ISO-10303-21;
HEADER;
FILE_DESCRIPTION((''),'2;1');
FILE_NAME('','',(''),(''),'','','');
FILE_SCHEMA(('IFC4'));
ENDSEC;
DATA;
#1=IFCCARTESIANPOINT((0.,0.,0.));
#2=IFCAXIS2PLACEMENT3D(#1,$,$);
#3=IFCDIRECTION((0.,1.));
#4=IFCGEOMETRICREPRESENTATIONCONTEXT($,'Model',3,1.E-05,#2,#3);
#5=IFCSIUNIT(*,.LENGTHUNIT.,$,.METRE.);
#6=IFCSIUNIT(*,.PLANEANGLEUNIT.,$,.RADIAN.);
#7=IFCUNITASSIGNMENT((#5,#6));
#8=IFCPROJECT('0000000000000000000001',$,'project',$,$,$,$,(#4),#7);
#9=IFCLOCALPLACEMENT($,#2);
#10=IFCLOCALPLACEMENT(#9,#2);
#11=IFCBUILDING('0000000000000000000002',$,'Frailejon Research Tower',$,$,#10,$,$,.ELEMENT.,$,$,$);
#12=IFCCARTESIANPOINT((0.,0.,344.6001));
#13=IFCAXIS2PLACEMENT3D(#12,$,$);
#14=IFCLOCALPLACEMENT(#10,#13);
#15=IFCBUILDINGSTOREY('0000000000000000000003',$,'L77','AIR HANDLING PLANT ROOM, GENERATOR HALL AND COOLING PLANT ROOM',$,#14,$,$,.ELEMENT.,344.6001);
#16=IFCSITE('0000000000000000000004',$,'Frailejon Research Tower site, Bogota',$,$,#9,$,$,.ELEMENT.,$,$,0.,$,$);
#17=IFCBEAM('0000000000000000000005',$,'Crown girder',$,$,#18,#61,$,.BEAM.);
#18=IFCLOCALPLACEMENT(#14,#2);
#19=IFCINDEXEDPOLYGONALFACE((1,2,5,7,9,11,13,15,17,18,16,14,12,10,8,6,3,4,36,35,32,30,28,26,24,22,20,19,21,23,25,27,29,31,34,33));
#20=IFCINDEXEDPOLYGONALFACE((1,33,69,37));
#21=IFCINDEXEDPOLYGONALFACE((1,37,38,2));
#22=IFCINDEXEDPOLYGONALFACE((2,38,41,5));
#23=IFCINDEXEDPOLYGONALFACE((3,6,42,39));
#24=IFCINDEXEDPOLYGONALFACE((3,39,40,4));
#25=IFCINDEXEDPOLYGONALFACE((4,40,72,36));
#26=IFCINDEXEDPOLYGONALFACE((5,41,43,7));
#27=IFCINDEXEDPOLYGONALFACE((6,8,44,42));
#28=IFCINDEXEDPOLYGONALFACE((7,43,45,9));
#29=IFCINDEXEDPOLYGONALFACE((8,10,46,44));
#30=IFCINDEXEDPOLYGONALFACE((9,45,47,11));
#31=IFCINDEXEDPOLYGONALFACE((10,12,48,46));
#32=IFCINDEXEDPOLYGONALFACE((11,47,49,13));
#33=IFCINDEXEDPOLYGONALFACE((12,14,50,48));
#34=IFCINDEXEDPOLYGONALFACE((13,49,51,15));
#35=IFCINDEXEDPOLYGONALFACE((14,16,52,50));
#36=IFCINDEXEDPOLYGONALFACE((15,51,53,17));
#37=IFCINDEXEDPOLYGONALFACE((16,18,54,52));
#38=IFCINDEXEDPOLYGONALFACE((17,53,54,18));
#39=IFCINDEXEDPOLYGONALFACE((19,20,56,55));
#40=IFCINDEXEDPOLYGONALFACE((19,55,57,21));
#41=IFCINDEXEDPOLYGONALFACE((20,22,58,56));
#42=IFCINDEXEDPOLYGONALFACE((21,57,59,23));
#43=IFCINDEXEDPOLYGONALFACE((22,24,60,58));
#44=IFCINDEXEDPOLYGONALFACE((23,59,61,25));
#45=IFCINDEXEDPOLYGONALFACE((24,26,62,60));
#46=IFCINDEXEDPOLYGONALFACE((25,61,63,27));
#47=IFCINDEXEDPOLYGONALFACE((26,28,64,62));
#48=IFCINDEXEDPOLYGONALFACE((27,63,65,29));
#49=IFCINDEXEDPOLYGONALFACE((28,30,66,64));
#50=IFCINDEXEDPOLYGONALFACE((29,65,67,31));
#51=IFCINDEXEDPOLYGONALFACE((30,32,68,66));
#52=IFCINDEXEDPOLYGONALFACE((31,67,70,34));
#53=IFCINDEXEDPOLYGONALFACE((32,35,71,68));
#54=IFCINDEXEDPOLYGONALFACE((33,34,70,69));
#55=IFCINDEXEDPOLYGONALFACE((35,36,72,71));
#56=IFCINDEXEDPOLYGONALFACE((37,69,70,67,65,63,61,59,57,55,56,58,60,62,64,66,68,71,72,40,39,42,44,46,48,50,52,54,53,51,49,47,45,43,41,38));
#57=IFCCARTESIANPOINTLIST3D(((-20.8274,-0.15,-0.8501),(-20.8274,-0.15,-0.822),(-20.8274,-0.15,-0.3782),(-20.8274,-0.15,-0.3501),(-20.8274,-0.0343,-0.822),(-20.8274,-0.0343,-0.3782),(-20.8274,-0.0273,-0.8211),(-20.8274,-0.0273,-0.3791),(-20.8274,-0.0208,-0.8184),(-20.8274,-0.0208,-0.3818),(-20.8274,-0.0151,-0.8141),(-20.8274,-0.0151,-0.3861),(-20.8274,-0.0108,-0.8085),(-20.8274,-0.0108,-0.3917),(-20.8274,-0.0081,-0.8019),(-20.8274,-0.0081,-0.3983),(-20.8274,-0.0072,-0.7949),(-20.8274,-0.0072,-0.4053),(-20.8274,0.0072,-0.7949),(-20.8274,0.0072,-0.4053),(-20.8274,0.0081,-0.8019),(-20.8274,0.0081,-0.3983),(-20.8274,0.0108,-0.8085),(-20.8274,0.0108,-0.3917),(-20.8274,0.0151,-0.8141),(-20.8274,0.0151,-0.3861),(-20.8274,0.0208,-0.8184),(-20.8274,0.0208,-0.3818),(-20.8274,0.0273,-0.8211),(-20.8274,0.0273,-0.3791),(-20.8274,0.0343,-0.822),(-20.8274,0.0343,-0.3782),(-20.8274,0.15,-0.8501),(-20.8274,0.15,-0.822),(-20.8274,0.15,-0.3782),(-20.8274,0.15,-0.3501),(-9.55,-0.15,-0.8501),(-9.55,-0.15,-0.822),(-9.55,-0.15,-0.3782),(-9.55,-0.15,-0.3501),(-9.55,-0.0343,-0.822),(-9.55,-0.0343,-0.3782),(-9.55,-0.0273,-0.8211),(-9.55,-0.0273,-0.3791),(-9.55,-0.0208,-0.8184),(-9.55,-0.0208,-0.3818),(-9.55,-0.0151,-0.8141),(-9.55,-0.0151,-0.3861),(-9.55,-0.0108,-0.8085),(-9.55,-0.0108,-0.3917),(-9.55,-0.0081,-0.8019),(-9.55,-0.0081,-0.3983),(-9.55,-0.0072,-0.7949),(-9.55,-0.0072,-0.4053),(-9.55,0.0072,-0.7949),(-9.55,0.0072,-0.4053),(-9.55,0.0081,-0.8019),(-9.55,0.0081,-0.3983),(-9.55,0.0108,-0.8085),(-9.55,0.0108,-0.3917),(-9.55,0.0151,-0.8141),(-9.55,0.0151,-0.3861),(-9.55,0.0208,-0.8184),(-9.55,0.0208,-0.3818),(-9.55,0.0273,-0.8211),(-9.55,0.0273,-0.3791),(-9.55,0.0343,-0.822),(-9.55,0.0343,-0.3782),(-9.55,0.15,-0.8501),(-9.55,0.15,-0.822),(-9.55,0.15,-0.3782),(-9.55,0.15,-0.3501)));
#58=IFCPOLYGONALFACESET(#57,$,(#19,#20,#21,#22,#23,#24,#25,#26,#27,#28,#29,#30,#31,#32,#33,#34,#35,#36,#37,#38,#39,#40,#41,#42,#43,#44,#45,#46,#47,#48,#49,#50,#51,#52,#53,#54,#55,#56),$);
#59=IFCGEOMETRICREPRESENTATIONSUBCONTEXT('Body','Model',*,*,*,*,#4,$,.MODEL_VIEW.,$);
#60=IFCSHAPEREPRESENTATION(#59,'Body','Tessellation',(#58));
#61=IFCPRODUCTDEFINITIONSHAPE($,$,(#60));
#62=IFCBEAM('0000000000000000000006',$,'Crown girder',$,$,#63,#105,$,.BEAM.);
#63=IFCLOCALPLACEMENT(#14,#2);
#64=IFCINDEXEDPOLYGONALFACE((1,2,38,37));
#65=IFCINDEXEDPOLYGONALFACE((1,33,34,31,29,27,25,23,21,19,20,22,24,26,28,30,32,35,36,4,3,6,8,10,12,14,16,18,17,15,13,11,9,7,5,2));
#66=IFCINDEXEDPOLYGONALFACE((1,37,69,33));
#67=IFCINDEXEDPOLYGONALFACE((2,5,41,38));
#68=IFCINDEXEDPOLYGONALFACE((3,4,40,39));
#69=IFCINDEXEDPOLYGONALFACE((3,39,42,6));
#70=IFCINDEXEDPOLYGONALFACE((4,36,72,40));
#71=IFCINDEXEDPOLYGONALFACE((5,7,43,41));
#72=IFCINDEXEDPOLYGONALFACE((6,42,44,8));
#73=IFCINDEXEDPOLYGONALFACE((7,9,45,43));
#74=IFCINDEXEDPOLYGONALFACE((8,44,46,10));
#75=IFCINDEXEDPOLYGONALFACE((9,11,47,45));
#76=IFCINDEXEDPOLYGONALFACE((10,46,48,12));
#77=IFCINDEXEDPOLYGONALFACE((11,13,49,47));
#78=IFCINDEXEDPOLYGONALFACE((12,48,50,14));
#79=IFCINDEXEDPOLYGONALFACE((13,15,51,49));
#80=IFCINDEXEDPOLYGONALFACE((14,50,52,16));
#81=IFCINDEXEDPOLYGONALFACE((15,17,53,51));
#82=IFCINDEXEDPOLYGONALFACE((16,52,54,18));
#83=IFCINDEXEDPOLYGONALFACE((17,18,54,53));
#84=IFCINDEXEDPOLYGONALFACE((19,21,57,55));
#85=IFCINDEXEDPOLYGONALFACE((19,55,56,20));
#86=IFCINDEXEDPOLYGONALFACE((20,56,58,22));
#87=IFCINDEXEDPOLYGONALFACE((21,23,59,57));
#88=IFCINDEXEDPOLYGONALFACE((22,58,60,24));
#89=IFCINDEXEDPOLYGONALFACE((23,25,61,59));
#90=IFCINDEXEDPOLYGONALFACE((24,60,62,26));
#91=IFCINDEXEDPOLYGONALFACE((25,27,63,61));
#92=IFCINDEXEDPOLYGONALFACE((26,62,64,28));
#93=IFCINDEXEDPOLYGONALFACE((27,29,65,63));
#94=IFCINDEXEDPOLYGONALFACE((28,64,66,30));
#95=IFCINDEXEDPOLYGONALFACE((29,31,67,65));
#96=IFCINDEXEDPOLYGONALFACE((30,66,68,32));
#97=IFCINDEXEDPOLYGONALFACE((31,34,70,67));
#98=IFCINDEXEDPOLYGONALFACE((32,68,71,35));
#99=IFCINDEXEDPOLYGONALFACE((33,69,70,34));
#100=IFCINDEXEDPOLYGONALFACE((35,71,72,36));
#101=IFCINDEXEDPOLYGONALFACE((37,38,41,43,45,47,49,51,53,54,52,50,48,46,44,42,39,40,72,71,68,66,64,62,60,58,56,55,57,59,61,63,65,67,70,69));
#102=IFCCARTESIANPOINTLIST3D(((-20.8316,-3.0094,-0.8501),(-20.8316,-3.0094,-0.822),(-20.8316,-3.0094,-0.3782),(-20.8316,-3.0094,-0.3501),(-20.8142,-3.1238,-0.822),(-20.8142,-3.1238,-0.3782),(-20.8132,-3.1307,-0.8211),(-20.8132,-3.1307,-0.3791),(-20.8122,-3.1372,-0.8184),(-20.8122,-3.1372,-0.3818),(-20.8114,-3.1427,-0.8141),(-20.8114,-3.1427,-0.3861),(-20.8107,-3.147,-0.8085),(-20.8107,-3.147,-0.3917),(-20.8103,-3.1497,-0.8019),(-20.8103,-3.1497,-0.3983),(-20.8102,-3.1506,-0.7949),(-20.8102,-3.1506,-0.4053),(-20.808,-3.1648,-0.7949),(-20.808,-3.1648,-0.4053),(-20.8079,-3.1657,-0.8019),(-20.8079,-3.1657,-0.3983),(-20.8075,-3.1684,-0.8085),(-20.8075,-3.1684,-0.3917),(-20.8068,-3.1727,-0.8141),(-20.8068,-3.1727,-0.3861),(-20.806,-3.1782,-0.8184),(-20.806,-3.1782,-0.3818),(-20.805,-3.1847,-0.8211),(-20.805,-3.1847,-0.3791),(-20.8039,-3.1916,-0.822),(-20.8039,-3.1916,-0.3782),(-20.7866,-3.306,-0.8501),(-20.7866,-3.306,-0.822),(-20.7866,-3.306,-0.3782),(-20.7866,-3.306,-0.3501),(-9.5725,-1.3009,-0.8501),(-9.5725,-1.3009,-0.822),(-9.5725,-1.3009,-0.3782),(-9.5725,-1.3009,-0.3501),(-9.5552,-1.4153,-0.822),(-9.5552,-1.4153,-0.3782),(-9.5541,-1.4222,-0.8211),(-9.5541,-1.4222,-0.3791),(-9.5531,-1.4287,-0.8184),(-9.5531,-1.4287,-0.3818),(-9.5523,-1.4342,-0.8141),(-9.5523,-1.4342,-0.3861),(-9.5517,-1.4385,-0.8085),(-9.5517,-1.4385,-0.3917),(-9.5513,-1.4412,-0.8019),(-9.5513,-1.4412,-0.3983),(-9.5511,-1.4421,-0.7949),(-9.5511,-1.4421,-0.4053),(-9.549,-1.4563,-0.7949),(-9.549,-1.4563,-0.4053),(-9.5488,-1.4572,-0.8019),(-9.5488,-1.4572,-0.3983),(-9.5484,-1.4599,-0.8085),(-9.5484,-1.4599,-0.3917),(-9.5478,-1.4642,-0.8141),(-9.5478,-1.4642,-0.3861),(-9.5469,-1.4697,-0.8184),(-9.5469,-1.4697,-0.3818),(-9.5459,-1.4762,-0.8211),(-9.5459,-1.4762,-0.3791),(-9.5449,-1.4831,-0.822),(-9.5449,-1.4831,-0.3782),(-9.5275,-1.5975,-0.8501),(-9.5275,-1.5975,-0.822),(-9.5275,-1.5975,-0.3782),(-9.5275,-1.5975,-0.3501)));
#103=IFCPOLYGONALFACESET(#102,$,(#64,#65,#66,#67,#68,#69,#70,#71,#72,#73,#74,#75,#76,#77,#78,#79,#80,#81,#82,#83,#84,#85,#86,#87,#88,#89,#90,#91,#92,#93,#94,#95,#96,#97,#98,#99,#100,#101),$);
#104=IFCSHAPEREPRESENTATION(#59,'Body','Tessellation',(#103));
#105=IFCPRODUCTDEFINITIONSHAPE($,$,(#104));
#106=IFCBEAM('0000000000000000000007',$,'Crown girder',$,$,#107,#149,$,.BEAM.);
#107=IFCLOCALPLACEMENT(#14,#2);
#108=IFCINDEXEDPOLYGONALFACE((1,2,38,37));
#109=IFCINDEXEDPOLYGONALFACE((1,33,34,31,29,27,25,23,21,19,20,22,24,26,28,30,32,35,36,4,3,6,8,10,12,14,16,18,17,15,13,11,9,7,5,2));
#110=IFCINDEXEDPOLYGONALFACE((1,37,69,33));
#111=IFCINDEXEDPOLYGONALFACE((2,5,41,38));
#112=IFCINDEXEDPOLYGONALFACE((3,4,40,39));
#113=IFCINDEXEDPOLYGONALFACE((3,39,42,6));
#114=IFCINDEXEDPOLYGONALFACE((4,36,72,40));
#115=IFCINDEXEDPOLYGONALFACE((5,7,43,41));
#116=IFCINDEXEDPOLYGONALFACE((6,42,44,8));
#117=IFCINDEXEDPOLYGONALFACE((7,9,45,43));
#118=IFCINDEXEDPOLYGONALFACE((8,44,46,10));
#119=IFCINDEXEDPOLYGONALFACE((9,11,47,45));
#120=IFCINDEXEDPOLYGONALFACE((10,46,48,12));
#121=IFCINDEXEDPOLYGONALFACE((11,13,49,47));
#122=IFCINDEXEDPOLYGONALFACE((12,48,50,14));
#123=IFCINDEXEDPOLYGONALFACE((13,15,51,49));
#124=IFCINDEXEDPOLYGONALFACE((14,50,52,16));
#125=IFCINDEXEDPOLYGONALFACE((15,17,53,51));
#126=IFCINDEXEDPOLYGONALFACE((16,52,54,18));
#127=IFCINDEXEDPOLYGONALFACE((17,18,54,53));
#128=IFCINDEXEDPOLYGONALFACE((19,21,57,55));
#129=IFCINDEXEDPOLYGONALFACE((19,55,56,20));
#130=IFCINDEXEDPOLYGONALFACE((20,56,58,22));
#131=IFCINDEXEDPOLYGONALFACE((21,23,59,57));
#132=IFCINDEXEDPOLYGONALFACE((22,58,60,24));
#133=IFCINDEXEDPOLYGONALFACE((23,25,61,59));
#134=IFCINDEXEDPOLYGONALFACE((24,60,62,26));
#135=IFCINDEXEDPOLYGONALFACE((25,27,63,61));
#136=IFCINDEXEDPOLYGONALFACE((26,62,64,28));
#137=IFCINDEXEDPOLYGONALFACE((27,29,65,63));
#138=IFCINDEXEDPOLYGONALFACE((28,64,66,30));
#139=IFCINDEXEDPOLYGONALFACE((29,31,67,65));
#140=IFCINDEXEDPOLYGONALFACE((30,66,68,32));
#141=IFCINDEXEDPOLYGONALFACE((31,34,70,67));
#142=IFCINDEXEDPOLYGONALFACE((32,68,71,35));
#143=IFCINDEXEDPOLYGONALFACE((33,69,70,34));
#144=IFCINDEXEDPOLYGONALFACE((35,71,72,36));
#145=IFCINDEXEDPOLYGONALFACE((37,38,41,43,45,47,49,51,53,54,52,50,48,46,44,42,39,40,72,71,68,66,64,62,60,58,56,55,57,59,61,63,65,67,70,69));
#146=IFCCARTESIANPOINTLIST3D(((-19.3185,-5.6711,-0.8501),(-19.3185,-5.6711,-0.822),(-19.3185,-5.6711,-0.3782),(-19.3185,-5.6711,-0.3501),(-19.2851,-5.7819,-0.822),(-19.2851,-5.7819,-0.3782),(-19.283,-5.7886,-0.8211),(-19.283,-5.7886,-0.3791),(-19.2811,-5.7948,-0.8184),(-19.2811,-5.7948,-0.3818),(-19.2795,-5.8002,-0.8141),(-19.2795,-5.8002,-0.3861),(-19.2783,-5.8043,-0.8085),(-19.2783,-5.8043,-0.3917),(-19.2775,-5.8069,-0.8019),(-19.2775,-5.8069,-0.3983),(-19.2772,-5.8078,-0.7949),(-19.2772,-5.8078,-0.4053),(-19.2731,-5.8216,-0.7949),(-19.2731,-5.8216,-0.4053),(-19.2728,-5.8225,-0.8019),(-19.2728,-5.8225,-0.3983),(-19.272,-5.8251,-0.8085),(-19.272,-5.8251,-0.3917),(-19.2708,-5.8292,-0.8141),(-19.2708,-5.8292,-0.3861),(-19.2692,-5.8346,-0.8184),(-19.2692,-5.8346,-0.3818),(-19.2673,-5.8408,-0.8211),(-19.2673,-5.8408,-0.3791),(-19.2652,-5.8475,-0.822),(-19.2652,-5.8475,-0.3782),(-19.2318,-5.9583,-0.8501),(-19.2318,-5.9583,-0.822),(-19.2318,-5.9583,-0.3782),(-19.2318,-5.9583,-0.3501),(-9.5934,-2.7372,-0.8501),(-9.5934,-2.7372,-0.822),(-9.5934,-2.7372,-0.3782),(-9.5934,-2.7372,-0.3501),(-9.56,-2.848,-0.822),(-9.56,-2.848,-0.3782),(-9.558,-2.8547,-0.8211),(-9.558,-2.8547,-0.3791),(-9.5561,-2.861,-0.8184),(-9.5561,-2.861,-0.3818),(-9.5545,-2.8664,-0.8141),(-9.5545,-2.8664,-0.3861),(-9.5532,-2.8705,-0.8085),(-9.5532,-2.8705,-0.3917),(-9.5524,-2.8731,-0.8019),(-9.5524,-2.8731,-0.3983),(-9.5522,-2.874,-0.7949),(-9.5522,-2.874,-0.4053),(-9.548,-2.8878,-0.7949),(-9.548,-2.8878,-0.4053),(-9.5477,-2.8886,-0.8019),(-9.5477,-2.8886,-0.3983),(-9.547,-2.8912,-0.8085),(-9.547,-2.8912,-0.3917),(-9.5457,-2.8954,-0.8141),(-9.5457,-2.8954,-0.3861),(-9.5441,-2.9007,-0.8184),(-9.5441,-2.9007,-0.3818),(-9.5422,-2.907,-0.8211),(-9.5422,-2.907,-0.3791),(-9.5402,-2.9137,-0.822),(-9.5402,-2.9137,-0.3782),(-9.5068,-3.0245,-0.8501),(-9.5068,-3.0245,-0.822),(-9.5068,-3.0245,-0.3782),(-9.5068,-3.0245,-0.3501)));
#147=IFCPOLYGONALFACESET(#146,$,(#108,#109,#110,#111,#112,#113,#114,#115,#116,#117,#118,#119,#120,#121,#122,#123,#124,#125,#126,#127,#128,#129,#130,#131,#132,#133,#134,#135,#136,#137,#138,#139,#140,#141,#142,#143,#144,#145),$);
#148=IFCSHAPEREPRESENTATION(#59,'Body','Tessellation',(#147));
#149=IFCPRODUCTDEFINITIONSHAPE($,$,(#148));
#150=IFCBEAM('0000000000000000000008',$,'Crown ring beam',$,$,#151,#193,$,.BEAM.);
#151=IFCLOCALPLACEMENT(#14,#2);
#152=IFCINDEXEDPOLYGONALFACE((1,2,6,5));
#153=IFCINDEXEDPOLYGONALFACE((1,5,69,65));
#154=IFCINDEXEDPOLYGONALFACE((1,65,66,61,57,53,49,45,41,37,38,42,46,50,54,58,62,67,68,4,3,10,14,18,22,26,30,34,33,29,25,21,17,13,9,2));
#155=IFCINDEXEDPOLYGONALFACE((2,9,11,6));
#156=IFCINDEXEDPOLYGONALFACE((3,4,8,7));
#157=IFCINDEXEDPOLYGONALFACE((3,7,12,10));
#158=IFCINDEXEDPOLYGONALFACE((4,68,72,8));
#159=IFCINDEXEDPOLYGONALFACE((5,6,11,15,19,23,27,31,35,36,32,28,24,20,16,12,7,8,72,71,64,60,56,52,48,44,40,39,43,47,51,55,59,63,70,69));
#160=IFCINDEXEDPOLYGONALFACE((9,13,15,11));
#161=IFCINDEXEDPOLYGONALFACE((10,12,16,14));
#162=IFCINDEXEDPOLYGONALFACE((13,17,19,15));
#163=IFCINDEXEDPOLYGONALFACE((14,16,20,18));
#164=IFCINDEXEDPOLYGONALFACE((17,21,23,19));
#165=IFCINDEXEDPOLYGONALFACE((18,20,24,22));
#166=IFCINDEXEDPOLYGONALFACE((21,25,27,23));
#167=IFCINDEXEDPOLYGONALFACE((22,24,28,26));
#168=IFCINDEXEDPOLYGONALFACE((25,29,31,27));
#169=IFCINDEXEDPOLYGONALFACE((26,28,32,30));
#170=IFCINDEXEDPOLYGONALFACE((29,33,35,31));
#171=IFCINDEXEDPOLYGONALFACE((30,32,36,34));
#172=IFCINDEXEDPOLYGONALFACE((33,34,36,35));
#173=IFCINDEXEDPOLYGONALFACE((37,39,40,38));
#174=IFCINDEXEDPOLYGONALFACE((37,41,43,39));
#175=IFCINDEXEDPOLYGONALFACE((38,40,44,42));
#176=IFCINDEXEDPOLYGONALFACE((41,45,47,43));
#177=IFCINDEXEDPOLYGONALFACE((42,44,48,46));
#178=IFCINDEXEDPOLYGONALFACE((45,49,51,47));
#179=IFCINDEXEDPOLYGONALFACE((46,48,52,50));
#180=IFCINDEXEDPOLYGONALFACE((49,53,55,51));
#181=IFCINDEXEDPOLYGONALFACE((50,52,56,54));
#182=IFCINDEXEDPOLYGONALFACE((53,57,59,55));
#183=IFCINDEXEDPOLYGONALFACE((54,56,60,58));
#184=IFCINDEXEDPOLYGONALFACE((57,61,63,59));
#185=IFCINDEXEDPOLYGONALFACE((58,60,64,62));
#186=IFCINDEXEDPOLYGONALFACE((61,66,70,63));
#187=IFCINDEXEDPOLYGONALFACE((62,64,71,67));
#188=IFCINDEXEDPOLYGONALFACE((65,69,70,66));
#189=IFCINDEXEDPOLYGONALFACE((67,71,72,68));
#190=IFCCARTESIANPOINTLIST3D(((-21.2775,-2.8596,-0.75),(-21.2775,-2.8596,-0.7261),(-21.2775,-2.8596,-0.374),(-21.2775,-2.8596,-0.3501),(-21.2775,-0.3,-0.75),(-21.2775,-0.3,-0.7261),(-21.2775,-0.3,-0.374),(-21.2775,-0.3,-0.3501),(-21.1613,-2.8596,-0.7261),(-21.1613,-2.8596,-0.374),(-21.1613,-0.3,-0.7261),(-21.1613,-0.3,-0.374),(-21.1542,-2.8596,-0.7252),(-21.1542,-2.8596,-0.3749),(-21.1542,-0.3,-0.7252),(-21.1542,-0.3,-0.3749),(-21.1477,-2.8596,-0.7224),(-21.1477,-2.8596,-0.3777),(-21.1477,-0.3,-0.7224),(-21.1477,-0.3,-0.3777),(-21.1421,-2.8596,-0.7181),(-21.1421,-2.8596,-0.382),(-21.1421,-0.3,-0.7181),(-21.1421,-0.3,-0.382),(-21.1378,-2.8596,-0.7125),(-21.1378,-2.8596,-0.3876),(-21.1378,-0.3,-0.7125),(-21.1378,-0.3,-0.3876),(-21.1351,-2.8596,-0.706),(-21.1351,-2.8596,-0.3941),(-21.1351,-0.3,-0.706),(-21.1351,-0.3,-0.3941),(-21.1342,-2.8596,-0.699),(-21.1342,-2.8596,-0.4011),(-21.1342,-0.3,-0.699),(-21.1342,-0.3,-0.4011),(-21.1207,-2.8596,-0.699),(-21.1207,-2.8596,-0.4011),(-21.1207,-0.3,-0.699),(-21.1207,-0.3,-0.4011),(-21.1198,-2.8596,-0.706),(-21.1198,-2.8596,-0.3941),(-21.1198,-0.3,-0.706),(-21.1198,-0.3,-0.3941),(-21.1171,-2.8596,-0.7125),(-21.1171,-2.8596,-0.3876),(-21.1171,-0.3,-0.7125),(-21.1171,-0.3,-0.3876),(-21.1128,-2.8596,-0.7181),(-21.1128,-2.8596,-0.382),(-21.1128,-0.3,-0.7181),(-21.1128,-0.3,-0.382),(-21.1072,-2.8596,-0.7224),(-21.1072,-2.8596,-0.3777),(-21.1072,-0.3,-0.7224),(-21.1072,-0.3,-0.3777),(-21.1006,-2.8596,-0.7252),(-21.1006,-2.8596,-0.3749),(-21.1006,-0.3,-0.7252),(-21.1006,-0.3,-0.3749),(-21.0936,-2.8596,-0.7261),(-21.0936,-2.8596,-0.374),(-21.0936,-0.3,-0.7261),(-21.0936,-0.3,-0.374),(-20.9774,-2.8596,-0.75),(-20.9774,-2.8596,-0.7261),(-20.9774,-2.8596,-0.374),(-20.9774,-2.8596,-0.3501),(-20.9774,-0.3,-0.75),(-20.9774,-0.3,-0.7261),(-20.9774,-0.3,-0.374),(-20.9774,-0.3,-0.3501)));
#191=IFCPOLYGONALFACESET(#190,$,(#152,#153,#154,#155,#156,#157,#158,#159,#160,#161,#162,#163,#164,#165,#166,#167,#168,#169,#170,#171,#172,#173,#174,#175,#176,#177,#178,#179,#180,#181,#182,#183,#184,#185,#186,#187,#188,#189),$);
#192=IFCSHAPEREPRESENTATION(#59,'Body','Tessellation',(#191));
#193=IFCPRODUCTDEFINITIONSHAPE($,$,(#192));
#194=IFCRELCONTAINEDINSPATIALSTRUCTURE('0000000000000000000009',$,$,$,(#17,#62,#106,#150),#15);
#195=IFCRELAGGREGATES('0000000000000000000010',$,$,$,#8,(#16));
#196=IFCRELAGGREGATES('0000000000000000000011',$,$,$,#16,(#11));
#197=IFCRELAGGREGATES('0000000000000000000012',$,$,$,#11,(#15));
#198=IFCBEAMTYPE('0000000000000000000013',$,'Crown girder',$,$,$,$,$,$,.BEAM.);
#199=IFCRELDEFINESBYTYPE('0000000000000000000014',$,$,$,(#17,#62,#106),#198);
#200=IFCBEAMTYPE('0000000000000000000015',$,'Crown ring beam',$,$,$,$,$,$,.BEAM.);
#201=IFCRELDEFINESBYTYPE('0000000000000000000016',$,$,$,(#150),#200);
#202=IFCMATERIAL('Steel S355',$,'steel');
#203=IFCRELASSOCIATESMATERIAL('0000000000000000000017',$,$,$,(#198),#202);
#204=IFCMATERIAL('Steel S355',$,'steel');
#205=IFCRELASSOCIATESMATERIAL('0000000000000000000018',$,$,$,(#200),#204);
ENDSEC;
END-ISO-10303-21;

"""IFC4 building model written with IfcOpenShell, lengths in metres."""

from ifc_helpers import new_model, si_unit, direction, frame, origin, origin_2d, place, context, subcontext, project, spatial, i_section, extrude, material, material_profile, profile_set, type_object, element, save


model = new_model("IFC4")

# Units and contexts
model_context = context("Model", 3, precision=1e-05, world=origin(), true_north=direction((0.0, 1.0)))
body_context = subcontext(model_context, "Body", "Model", "MODEL_VIEW")
ifc_project = project(units=[si_unit("LENGTHUNIT", "METRE"), si_unit("PLANEANGLEUNIT", "RADIAN")], contexts=[model_context])

# Site, building, storey
site_placement = place(None, origin())
site = spatial("IfcSite", under=ifc_project, at=site_placement, Name="Frailejon Research Tower site, Bogota", CompositionType="ELEMENT", RefElevation=0.0)
building_placement = place(site_placement, origin())
building = spatial("IfcBuilding", under=site, at=building_placement, Name="Frailejon Research Tower", CompositionType="ELEMENT")
storey_placement = place(building_placement, frame((0.0, 0.0, 344.6001)))
storey = spatial("IfcBuildingStorey", under=building, at=storey_placement, Name="L77", Description="AIR HANDLING PLANT ROOM, GENERATOR HALL AND COOLING PLANT ROOM", CompositionType="ELEMENT", Elevation=344.6001)

# Beams
ifc_material_1 = material(Name="Steel S355", Category="steel")
ifc_material_profile_1 = material_profile(ifc_material_1, i_section(OverallWidth=0.3, OverallDepth=0.5, WebThickness=0.0144, FlangeThickness=0.0281, FilletRadius=0.0271, at=origin_2d()), Name="HE 500 B")
ifc_profile_set_1 = profile_set([ifc_material_profile_1], Name="Steel S355")
beam_type_1 = type_object("IfcBeamType", Name="Crown girder", PredefinedType="BEAM", material=ifc_profile_set_1)
beam_1_placement = place(storey_placement, frame((-20.8274, 0.0, -0.6001), z_axis=(1.0, 0.0, 0.0), x_axis=(0.0, 1.0, 0.0)))
element("IfcBeam", 1, at=beam_1_placement, inside=storey, type_object=beam_type_1, Name="Crown girder", PredefinedType="BEAM", context=body_context, shape_type="SweptSolid", body=[
    extrude(i_section(OverallWidth=0.3, OverallDepth=0.5, WebThickness=0.0144, FlangeThickness=0.0281, FilletRadius=0.0271, at=origin_2d()), origin(), (0.0, 0.0, 1.0), 11.2773),
])
beam_2_placement = place(storey_placement, frame((-20.8091, -3.1577, -0.6001), z_axis=(0.988682, 0.150027, 0.0), x_axis=(-0.150027, 0.988682, 0.0)))
element("IfcBeam", 2, at=beam_2_placement, inside=storey, type_object=beam_type_1, Name="Crown girder", PredefinedType="BEAM", context=body_context, shape_type="SweptSolid", body=[
    extrude(i_section(OverallWidth=0.3, OverallDepth=0.5, WebThickness=0.0144, FlangeThickness=0.0281, FilletRadius=0.0271, at=origin_2d()), origin(), (0.0, 0.0, 1.0), 11.3879),
])
beam_3_placement = place(storey_placement, frame((-19.2751, -5.8147, -0.6001), z_axis=(0.957383, 0.28882, 0.0), x_axis=(-0.28882, 0.957383, 0.0)))
element("IfcBeam", 3, at=beam_3_placement, inside=storey, type_object=beam_type_1, Name="Crown girder", PredefinedType="BEAM", context=body_context, shape_type="SweptSolid", body=[
    extrude(i_section(OverallWidth=0.3, OverallDepth=0.5, WebThickness=0.0144, FlangeThickness=0.0281, FilletRadius=0.0271, at=origin_2d()), origin(), (0.0, 0.0, 1.0), 10.158),
])
ifc_material_2 = material(Name="Steel S355", Category="steel")
ifc_material_profile_2 = material_profile(ifc_material_2, i_section(OverallWidth=0.3, OverallDepth=0.3999, WebThickness=0.0134, FlangeThickness=0.0239, FilletRadius=0.0271, at=origin_2d()), Name="HE 400 B")
ifc_profile_set_2 = profile_set([ifc_material_profile_2], Name="Steel S355")
beam_type_2 = type_object("IfcBeamType", Name="Crown ring beam", PredefinedType="BEAM", material=ifc_profile_set_2)
beam_4_placement = place(storey_placement, frame((-21.1274, -0.3, -0.55), z_axis=(0.0, -1.0, 0.0), x_axis=(1.0, 0.0, 0.0)))
element("IfcBeam", 4, at=beam_4_placement, inside=storey, type_object=beam_type_2, Name="Crown ring beam", PredefinedType="BEAM", context=body_context, shape_type="SweptSolid", body=[
    extrude(i_section(OverallWidth=0.3, OverallDepth=0.3999, WebThickness=0.0134, FlangeThickness=0.0239, FilletRadius=0.0271, at=origin_2d()), origin(), (0.0, 0.0, 1.0), 2.5596),
])

save(model, "model.ifc")
